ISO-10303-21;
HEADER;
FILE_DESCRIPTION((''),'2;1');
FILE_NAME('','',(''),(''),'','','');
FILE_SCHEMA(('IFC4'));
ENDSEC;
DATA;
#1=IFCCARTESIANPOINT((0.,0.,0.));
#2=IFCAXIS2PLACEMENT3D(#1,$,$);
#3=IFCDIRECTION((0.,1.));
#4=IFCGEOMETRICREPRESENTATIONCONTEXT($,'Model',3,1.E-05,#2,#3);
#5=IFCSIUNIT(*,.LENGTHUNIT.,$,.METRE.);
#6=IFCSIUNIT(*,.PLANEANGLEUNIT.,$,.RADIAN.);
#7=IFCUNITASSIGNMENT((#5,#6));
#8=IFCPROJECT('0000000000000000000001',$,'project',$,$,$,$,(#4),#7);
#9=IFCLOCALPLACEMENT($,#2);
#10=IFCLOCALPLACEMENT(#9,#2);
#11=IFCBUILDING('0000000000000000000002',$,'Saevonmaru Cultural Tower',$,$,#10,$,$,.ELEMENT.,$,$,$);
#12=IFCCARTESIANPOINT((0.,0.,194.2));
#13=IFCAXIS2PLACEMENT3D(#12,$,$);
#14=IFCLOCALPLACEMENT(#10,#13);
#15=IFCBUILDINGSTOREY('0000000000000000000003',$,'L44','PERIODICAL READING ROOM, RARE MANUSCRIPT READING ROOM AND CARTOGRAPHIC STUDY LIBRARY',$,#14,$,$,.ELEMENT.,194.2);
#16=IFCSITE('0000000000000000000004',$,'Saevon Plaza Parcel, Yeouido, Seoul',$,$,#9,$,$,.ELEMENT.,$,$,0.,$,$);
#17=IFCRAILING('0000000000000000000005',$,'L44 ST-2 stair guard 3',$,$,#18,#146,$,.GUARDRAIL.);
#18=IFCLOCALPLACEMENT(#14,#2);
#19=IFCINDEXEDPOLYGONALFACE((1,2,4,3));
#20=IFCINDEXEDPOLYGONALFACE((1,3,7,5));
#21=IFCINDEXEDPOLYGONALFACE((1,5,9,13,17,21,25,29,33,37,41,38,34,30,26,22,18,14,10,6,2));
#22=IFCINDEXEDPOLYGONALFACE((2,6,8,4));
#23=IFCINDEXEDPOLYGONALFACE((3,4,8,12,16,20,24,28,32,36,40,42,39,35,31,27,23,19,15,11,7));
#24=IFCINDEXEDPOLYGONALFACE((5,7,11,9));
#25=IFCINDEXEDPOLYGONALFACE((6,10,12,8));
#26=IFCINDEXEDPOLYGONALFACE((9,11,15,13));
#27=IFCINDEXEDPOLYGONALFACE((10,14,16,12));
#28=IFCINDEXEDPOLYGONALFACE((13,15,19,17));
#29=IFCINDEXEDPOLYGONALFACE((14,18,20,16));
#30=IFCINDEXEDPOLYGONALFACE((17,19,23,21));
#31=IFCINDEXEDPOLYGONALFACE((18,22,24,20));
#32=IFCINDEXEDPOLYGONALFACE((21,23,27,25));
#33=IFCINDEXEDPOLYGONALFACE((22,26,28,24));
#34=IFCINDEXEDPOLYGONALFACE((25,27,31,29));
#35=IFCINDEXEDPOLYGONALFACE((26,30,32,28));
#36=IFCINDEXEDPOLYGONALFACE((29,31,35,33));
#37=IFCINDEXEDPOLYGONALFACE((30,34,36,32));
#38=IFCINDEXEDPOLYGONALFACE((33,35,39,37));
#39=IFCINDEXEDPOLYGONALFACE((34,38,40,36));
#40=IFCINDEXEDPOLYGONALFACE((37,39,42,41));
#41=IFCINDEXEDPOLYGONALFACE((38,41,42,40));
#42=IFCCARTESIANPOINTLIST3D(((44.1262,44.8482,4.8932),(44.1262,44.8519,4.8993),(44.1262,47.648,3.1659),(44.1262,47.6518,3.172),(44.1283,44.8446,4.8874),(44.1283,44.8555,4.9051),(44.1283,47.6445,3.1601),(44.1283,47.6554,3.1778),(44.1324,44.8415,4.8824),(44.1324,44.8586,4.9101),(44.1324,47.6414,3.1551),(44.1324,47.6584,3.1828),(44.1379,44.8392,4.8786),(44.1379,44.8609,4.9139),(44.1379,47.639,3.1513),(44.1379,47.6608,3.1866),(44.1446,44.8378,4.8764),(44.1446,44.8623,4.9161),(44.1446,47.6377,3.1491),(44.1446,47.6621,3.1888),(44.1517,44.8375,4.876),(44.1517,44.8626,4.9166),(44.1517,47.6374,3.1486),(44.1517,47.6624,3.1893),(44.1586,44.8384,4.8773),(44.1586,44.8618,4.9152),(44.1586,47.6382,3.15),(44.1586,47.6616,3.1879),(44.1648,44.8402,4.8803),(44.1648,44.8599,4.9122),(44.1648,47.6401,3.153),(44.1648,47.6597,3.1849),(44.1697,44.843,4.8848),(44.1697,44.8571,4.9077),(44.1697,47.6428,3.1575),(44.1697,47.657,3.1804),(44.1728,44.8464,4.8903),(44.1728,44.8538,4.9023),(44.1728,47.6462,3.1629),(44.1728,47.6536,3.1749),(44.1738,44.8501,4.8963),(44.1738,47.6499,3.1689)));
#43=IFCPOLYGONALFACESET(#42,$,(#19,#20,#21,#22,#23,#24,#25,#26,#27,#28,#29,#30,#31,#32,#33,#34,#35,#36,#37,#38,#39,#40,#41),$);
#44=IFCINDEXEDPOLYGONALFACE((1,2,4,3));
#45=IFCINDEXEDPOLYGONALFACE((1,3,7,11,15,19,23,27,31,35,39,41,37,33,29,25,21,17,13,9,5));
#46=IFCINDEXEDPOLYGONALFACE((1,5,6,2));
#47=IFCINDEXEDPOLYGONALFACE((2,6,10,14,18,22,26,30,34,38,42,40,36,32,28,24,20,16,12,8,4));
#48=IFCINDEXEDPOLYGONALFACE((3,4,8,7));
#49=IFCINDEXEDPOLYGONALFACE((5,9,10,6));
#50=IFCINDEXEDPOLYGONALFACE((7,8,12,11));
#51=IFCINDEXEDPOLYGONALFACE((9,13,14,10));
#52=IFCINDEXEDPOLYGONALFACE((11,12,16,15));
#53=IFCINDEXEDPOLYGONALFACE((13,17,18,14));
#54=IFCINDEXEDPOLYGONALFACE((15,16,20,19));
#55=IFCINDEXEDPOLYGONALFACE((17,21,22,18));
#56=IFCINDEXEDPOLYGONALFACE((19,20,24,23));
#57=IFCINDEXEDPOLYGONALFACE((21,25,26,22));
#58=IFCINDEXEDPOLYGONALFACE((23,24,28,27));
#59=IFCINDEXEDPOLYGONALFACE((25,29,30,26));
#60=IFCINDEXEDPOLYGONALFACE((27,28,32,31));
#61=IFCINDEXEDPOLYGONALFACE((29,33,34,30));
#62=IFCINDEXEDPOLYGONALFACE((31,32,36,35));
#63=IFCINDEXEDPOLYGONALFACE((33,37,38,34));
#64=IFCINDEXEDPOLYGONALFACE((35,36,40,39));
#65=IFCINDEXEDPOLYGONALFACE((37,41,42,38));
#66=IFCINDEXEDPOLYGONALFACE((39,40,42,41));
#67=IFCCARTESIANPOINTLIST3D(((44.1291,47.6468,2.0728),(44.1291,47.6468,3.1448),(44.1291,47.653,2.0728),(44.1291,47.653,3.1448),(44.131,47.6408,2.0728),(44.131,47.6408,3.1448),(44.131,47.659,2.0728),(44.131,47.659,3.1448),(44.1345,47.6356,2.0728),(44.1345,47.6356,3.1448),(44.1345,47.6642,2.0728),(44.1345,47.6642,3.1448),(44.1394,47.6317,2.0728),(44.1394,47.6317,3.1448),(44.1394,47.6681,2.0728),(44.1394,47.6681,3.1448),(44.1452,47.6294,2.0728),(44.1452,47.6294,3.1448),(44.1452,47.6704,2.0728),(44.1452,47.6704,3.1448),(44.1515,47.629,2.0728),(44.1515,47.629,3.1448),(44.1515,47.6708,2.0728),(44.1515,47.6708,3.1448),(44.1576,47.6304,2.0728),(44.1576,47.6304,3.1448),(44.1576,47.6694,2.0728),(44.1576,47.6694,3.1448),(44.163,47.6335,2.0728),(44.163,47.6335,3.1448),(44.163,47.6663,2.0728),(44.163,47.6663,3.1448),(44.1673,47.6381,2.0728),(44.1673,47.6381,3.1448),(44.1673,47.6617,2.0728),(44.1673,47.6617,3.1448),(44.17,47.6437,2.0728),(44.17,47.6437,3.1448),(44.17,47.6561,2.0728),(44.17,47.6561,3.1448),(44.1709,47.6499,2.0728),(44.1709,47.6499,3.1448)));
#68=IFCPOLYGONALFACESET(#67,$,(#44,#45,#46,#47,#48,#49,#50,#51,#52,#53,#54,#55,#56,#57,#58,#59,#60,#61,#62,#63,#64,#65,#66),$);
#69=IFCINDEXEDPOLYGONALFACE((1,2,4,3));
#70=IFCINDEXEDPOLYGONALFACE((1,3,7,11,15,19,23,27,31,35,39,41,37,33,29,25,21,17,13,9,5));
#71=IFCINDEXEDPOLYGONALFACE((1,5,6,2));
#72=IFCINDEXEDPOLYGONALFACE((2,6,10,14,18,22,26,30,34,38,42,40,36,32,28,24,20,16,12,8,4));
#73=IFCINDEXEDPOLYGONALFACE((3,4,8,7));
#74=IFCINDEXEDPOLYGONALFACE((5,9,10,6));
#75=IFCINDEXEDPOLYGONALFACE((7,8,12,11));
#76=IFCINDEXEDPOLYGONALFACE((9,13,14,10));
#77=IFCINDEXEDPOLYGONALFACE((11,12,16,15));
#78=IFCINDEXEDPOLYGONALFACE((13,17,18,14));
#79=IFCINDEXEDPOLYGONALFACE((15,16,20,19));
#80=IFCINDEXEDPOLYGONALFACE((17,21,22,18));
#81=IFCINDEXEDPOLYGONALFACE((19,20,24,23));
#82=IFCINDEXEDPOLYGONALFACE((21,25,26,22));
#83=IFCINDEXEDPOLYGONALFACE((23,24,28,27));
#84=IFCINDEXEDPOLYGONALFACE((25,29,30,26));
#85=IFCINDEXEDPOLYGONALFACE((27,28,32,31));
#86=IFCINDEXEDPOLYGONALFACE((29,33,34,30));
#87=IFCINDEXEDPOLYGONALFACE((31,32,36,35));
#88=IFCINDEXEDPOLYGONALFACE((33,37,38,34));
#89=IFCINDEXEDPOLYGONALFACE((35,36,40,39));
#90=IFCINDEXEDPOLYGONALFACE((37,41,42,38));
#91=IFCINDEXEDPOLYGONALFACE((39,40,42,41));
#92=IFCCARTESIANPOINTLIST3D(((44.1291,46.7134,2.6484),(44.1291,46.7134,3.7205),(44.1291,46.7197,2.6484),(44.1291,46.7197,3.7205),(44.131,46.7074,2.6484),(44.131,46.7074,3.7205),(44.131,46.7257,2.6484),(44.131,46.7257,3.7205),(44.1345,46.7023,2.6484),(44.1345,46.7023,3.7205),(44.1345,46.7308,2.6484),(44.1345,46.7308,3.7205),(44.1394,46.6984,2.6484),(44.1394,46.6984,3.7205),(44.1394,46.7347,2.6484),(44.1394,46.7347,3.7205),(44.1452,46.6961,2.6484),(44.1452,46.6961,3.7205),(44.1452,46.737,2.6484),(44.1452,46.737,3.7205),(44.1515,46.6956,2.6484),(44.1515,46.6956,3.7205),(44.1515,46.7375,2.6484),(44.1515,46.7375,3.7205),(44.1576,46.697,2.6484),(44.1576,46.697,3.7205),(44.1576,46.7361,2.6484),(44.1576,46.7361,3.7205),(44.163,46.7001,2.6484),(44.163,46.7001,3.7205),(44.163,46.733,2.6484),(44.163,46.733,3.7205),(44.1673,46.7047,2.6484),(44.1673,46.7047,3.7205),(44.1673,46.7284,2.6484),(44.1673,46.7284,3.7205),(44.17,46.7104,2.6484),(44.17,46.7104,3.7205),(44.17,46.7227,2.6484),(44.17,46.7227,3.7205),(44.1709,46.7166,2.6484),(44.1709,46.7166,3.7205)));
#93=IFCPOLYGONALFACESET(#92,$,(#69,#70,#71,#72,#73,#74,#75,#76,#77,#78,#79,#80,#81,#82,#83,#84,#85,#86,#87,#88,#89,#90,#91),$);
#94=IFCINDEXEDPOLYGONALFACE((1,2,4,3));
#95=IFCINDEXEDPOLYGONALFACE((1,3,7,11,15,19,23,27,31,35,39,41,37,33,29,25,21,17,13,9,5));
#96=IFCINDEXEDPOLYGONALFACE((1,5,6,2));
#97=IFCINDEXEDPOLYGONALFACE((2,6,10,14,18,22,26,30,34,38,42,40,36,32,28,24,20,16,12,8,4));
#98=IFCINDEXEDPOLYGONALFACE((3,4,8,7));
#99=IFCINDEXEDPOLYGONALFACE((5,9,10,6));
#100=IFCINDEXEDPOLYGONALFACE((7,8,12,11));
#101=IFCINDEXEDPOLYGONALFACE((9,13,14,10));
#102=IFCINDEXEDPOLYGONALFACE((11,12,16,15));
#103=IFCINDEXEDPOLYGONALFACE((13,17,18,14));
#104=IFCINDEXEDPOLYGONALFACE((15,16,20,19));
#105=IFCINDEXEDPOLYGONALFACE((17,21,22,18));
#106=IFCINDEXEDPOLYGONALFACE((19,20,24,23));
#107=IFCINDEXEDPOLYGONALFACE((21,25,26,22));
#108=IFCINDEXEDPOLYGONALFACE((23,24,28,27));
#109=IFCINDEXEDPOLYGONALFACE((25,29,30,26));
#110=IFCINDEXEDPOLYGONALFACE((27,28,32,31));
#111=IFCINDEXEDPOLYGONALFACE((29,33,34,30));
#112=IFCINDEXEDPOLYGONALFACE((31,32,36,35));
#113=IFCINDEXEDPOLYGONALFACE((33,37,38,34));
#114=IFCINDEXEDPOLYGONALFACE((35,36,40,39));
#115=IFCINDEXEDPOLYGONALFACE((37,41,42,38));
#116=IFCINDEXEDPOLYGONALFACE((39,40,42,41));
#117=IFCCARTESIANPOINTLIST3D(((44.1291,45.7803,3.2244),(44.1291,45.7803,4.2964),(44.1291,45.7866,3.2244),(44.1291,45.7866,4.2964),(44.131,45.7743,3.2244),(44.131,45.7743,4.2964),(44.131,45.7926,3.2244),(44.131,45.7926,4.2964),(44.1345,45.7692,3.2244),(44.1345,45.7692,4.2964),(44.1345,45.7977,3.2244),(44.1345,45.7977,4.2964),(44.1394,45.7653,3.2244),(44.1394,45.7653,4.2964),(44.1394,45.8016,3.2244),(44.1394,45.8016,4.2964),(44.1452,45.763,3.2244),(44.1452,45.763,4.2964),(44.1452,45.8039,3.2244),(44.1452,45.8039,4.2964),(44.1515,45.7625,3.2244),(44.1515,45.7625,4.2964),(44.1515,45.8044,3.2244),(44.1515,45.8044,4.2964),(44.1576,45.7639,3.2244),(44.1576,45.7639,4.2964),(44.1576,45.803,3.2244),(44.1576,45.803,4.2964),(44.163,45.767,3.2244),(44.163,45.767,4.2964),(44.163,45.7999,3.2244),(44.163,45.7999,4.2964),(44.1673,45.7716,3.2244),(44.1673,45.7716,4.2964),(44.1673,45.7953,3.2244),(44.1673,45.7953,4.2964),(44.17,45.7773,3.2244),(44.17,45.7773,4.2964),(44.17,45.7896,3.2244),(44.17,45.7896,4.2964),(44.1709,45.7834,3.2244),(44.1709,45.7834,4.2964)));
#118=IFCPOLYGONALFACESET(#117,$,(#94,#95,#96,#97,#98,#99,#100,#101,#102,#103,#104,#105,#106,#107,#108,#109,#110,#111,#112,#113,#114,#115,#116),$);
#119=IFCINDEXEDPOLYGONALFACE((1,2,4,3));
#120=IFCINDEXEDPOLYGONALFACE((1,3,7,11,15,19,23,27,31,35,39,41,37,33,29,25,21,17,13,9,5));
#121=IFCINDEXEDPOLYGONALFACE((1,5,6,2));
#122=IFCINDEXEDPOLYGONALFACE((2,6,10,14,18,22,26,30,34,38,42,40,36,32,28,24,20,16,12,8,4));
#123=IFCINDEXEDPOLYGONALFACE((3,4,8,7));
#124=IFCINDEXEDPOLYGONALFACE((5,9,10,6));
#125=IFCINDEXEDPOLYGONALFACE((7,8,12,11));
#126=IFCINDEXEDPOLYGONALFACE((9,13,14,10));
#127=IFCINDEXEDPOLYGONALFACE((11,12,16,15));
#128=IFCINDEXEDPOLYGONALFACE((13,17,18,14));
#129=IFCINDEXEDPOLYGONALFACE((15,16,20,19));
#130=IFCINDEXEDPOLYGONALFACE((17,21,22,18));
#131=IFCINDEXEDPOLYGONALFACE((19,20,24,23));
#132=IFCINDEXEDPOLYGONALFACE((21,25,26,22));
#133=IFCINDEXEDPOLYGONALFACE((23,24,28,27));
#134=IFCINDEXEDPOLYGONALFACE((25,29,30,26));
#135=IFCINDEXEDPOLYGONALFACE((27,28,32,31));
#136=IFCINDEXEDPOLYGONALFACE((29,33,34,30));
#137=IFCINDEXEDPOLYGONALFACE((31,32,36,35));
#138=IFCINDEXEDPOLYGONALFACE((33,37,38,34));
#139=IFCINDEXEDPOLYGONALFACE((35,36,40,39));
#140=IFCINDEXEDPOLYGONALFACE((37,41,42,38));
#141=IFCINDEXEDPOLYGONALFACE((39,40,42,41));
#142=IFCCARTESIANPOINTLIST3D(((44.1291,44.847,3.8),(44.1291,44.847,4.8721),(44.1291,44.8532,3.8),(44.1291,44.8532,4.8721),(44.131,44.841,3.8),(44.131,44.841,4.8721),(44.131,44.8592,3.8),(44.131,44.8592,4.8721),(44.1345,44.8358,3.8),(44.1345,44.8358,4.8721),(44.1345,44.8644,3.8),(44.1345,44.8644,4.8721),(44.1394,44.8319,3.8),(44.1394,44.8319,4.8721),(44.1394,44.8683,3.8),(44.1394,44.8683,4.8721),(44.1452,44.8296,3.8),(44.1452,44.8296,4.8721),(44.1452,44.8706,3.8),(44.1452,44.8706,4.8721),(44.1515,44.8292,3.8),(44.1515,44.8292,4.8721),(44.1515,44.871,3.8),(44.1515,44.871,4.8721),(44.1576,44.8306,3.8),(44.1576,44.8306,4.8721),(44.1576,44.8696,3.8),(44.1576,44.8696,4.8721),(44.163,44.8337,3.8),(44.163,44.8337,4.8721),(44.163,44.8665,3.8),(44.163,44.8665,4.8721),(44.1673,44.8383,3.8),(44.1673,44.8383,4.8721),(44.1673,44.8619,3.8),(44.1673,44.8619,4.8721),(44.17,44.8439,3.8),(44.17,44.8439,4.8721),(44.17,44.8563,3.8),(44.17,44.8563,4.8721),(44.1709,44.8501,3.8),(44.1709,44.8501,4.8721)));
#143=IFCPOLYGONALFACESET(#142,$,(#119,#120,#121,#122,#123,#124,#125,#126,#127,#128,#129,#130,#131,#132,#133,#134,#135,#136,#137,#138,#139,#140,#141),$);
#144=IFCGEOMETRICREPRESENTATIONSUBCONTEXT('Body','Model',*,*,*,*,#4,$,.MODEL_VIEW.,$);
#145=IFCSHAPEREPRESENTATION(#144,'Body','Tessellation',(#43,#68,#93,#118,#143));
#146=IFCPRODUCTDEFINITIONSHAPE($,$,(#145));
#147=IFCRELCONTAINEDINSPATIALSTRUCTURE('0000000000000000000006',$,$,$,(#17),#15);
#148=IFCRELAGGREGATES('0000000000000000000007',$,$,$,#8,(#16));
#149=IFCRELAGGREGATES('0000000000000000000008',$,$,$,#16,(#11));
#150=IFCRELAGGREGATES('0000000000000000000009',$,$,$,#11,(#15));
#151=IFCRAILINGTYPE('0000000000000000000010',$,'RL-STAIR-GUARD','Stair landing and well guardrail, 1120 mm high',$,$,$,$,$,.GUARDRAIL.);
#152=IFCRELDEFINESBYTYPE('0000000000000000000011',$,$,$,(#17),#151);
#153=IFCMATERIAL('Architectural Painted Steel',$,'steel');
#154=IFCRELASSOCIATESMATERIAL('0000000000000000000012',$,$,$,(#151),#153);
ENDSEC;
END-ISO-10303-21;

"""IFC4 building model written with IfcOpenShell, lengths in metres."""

from ifc_helpers import new_model, si_unit, direction, frame, origin, origin_2d, place, context, subcontext, project, spatial, circle, extrude, material, type_object, element, save


model = new_model("IFC4")

# Units and contexts
model_context = context("Model", 3, precision=1e-05, world=origin(), true_north=direction((0.0, 1.0)))
body_context = subcontext(model_context, "Body", "Model", "MODEL_VIEW")
ifc_project = project(units=[si_unit("LENGTHUNIT", "METRE"), si_unit("PLANEANGLEUNIT", "RADIAN")], contexts=[model_context])

# Site, building, storey
site_placement = place(None, origin())
site = spatial("IfcSite", under=ifc_project, at=site_placement, Name="Saevon Plaza Parcel, Yeouido, Seoul", CompositionType="ELEMENT", RefElevation=0.0)
building_placement = place(site_placement, origin())
building = spatial("IfcBuilding", under=site, at=building_placement, Name="Saevonmaru Cultural Tower", CompositionType="ELEMENT")
storey_placement = place(building_placement, frame((0.0, 0.0, 194.2)))
storey = spatial("IfcBuildingStorey", under=building, at=storey_placement, Name="L44", Description="PERIODICAL READING ROOM, RARE MANUSCRIPT READING ROOM AND CARTOGRAPHIC STUDY LIBRARY", CompositionType="ELEMENT", Elevation=194.2)

# Railing
ifc_material_1 = material(Name="Architectural Painted Steel", Category="steel")
railing_type_1 = type_object("IfcRailingType", Name="RL-STAIR-GUARD", Description="Stair landing and well guardrail, 1120 mm high", PredefinedType="GUARDRAIL", material=ifc_material_1)
railing_1_placement = place(storey_placement, frame((44.1499, 47.6499, 2.0728)))
element("IfcRailing", 1, at=railing_1_placement, inside=storey, type_object=railing_type_1, Name="L44 ST-2 stair guard 3", PredefinedType="GUARDRAIL", context=body_context, shape_type="SweptSolid", body=[
    extrude(circle(Radius=0.0239, at=origin_2d()), frame((0.0, 0.0, 1.0962), z_axis=(0.0, -0.851069, 0.525054), x_axis=(1.0, 0.0, 0.0)), (0.0, 0.0, 1.0), 3.2898),
    extrude(circle(Radius=0.021, at=origin_2d()), origin(), (0.0, 0.0, 1.0), 1.072),
    extrude(circle(Radius=0.021, at=origin_2d()), frame((0.0, -0.9333, 0.5757)), (0.0, 0.0, 1.0), 1.072),
    extrude(circle(Radius=0.021, at=origin_2d()), frame((0.0, -1.8665, 1.1516)), (0.0, 0.0, 1.0), 1.072),
    extrude(circle(Radius=0.021, at=origin_2d()), frame((0.0, -2.7998, 1.7273)), (0.0, 0.0, 1.0), 1.072),
])

save(model, "model.ifc")
